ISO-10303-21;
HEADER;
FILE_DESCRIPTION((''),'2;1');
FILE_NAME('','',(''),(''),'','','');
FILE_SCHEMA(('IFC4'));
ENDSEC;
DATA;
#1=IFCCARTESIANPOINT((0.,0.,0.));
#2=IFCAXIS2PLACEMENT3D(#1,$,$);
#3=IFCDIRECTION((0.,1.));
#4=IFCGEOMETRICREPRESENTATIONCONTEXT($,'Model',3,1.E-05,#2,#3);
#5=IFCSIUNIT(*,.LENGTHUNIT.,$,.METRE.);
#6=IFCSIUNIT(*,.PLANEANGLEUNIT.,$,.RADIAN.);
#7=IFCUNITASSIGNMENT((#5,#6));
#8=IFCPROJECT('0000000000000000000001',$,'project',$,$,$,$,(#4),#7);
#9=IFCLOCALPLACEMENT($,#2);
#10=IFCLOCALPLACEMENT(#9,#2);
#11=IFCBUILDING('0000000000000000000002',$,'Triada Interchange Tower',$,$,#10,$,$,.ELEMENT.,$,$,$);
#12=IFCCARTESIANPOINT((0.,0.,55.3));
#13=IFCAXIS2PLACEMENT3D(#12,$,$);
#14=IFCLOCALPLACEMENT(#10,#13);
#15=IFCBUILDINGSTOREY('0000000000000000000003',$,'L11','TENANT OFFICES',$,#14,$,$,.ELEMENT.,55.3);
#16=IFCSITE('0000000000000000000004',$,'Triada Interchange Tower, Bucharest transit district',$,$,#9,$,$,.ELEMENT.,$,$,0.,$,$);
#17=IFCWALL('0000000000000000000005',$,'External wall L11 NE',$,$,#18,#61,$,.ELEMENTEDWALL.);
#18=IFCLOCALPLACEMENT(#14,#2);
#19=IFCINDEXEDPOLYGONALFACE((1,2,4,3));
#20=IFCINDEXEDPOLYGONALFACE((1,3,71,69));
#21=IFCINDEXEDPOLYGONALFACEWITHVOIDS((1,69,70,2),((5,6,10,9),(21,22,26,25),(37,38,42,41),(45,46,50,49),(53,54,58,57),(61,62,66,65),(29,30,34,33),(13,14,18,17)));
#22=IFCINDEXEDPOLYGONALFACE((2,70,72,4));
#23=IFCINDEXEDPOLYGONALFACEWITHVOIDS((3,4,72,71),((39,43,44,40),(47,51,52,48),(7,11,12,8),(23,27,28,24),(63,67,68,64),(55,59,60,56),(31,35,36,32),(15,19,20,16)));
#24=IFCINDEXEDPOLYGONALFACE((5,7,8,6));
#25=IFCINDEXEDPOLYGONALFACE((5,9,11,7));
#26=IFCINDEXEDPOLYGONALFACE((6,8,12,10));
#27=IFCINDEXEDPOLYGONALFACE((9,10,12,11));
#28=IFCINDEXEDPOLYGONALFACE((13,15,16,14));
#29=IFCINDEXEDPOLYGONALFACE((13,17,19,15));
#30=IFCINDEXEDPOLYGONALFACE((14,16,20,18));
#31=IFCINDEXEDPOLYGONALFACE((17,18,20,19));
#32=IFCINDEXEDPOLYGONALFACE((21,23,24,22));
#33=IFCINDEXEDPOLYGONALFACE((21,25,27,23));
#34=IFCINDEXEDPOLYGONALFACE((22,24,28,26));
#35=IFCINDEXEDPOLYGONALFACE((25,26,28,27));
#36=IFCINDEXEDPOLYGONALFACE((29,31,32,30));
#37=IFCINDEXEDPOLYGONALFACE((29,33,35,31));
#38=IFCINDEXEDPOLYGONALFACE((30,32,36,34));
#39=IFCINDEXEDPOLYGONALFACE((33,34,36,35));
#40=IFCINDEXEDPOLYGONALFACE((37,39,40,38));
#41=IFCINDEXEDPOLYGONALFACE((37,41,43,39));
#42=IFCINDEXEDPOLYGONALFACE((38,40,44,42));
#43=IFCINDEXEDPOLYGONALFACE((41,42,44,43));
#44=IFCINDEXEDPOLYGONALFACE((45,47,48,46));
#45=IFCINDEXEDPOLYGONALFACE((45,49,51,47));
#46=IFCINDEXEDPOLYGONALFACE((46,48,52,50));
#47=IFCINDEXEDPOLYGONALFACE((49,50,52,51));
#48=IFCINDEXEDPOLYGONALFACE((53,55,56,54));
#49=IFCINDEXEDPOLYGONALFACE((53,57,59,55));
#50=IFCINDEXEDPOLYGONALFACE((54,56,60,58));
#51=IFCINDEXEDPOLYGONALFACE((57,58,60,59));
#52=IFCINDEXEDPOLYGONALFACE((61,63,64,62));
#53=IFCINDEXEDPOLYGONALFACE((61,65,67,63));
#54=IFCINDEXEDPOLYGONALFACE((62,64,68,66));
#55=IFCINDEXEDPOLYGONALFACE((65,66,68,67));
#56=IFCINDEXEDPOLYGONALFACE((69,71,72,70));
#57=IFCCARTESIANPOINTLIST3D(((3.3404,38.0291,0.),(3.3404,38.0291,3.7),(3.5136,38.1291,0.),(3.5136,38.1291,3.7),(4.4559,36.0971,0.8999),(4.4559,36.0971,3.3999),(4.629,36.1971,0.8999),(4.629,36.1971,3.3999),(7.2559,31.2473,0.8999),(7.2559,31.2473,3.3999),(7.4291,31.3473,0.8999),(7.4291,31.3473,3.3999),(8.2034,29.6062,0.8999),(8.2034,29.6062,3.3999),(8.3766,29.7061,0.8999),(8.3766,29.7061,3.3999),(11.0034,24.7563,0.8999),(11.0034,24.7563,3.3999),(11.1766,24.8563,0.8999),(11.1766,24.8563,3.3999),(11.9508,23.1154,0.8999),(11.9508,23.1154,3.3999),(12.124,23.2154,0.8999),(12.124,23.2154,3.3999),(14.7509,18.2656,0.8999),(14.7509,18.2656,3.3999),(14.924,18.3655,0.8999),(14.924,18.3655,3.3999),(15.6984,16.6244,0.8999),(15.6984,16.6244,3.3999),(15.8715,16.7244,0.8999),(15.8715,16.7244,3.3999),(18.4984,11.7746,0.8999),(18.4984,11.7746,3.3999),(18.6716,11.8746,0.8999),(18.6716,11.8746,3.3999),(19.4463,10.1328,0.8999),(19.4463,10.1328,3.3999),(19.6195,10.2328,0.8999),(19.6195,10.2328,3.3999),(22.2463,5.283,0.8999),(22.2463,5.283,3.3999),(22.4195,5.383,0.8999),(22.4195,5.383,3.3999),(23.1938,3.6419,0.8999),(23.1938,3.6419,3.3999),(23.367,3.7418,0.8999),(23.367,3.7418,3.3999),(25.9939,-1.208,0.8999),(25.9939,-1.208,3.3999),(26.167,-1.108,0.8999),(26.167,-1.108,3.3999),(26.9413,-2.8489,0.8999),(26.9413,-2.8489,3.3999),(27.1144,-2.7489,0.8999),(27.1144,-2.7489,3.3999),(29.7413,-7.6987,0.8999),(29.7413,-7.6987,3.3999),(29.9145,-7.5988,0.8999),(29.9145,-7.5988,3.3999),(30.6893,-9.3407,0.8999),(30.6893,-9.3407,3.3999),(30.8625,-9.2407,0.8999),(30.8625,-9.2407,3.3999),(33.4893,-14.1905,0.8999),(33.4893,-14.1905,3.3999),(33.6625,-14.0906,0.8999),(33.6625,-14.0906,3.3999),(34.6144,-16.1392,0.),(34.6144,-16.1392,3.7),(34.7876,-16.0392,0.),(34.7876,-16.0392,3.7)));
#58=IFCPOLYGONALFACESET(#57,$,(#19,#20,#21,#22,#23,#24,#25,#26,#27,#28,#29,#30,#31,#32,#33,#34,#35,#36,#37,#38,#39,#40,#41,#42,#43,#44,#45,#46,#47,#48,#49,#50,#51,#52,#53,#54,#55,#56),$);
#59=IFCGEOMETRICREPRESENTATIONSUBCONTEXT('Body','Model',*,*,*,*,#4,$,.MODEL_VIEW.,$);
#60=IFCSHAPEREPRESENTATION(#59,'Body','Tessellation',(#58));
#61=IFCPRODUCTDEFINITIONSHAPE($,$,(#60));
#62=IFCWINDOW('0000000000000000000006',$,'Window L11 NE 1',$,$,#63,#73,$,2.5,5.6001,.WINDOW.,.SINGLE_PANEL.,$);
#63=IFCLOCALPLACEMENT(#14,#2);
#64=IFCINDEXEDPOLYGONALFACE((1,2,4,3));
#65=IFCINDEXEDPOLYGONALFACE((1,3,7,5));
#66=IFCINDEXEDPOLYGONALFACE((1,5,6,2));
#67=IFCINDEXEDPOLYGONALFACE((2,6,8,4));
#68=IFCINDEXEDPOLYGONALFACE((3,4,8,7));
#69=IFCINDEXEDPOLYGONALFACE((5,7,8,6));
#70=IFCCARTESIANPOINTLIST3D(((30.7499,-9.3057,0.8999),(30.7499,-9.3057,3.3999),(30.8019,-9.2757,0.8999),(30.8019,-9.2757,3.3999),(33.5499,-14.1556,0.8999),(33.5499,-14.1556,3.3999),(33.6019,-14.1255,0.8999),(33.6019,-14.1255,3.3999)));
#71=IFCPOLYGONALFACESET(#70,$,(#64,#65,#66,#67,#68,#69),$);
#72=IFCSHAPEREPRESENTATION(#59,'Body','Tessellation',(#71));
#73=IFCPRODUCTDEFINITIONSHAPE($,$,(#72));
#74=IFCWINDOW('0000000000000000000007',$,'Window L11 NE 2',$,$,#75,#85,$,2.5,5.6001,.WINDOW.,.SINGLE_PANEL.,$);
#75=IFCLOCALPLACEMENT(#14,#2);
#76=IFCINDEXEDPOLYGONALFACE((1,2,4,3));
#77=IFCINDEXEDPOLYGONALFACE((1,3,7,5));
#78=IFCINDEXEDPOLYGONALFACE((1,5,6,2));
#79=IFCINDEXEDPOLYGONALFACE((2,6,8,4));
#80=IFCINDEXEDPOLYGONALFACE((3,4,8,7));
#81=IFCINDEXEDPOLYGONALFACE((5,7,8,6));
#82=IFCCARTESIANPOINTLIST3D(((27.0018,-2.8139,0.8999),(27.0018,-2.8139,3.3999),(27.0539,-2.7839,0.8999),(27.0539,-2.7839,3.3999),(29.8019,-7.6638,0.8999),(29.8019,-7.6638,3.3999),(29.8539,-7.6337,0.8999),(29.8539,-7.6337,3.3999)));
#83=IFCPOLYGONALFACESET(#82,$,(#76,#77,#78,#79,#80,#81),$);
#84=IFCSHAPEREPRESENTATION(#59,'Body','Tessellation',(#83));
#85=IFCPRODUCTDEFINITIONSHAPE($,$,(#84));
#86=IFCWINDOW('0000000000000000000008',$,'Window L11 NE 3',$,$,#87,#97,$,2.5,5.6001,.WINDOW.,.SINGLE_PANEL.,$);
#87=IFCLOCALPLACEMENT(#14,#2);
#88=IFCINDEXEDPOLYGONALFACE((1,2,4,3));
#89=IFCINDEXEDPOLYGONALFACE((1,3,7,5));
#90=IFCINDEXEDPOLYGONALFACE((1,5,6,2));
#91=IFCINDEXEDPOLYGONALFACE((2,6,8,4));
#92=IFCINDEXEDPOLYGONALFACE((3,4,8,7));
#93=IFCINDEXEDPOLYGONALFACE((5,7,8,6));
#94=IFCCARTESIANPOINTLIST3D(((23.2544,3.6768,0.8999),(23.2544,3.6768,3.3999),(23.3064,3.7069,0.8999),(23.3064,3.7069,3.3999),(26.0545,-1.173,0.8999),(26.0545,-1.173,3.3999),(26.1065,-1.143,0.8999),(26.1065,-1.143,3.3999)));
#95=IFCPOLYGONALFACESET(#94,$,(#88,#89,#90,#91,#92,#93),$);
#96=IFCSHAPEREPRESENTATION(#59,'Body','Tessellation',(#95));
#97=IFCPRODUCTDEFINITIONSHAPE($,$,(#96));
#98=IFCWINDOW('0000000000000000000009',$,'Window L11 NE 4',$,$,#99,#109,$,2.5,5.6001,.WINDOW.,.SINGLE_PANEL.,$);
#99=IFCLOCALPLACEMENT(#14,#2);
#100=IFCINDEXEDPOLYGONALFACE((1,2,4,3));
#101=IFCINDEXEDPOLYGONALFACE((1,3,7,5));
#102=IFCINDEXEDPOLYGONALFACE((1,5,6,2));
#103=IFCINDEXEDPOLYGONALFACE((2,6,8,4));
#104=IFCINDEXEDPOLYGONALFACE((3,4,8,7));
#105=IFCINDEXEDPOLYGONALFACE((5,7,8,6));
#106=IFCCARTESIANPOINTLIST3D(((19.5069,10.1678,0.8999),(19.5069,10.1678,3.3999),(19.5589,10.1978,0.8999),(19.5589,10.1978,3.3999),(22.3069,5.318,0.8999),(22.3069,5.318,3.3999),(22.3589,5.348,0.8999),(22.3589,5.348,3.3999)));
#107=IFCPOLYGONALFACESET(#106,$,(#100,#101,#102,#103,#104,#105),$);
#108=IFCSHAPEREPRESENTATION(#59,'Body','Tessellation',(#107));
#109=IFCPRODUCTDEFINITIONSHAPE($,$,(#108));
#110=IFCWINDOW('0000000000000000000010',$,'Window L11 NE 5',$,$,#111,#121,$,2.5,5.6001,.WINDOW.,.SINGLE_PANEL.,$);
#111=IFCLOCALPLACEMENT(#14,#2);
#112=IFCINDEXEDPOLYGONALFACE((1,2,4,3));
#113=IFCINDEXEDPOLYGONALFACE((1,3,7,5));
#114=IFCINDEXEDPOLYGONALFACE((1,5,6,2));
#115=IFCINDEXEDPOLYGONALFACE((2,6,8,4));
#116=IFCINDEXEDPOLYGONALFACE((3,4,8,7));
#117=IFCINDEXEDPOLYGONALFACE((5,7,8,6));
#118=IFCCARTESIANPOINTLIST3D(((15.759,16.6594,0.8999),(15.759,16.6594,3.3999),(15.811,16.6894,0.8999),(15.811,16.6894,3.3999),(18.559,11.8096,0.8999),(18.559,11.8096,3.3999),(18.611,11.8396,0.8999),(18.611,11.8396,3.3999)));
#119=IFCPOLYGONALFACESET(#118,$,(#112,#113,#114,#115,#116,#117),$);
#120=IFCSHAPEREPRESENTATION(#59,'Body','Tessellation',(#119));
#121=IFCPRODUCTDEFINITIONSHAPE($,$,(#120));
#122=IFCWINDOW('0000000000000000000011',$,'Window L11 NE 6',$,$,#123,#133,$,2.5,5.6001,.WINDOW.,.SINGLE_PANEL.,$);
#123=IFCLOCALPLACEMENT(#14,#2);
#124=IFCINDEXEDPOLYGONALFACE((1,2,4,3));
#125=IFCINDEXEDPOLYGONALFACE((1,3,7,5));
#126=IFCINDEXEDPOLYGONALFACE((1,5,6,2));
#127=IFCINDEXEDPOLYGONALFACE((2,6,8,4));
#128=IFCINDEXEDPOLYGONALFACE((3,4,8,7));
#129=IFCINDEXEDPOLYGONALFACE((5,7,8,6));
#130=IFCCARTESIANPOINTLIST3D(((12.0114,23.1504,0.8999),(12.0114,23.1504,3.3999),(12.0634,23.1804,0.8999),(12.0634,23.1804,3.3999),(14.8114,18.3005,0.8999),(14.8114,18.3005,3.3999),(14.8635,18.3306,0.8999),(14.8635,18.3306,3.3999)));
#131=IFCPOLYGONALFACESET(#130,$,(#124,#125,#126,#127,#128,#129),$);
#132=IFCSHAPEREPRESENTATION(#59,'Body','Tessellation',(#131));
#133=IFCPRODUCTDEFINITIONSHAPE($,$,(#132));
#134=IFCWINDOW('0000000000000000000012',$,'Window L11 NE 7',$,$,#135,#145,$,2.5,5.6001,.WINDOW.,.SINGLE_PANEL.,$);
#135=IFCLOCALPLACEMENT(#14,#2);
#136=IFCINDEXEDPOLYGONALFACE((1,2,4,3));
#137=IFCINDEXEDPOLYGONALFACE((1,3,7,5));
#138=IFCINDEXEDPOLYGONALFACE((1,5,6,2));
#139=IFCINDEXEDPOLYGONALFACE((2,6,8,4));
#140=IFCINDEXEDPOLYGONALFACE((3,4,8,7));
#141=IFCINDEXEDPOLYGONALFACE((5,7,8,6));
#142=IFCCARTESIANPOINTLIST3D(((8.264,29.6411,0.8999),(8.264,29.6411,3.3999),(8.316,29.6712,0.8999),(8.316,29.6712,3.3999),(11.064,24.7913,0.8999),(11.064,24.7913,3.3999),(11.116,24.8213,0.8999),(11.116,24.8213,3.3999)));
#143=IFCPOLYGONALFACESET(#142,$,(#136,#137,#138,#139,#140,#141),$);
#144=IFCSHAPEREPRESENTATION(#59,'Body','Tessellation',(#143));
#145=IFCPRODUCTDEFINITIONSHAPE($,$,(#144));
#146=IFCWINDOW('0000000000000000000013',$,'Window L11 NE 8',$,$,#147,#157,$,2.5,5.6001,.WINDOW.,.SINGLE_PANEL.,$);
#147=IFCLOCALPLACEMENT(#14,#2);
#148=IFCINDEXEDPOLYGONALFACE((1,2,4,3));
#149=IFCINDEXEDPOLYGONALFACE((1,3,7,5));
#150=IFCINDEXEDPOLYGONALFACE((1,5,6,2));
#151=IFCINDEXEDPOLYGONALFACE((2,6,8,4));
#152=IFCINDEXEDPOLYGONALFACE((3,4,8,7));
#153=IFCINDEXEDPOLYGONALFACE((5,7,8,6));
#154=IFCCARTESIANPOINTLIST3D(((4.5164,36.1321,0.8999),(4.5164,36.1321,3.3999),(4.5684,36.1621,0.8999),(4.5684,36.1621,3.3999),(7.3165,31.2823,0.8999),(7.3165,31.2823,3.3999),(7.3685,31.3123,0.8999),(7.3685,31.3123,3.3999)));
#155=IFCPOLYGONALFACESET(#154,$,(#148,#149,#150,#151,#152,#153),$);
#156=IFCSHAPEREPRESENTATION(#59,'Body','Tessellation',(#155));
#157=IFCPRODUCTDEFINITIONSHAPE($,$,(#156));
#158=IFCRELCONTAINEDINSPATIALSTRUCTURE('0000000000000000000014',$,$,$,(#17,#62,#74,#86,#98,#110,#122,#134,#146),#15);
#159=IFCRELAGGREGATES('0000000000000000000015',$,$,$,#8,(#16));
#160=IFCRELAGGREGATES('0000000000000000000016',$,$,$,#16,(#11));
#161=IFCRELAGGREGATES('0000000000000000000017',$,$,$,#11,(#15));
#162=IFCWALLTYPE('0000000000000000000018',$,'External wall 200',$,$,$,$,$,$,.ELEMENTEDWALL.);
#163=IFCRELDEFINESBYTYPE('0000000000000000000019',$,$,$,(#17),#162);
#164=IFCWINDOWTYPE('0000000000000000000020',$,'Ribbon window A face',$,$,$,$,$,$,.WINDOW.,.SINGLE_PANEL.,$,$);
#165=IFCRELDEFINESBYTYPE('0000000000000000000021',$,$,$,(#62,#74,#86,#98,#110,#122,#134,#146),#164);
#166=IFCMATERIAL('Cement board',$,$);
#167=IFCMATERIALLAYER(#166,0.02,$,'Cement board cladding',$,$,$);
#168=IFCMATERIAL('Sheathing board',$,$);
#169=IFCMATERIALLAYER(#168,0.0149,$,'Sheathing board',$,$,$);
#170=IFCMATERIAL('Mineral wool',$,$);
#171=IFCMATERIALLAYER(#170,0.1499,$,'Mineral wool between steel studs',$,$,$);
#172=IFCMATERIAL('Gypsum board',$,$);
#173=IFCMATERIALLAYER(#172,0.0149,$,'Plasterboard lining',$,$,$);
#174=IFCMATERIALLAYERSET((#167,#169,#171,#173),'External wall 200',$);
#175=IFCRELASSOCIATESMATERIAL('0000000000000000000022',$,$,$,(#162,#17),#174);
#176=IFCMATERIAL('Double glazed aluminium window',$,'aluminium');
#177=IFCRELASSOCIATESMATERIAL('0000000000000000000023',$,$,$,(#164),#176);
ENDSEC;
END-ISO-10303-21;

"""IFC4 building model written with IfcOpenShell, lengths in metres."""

from ifc_helpers import new_model, si_unit, direction, frame, frame_2d, origin, place, context, subcontext, project, spatial, rectangle, extrude, material, layer, layer_set, layer_usage, type_object, element, fill, save


model = new_model("IFC4")

# Units and contexts
model_context = context("Model", 3, precision=1e-05, world=origin(), true_north=direction((0.0, 1.0)))
body_context = subcontext(model_context, "Body", "Model", "MODEL_VIEW")
ifc_project = project(units=[si_unit("LENGTHUNIT", "METRE"), si_unit("PLANEANGLEUNIT", "RADIAN")], contexts=[model_context])

# Site, building, storey
site_placement = place(None, origin())
site = spatial("IfcSite", under=ifc_project, at=site_placement, Name="Triada Interchange Tower, Bucharest transit district", CompositionType="ELEMENT", RefElevation=0.0)
building_placement = place(site_placement, origin())
building = spatial("IfcBuilding", under=site, at=building_placement, Name="Triada Interchange Tower", CompositionType="ELEMENT")
storey_placement = place(building_placement, frame((0.0, 0.0, 55.3)))
storey = spatial("IfcBuildingStorey", under=building, at=storey_placement, Name="L11", Description="TENANT OFFICES", CompositionType="ELEMENT", Elevation=55.3)

# Shared definitions
ifc_material_1 = material(Name="Cement board")
ifc_layer_1 = layer(ifc_material_1, 0.02, Name="Cement board cladding")
ifc_material_2 = material(Name="Sheathing board")
ifc_layer_2 = layer(ifc_material_2, 0.0149, Name="Sheathing board")
ifc_material_3 = material(Name="Mineral wool")
ifc_layer_3 = layer(ifc_material_3, 0.1499, Name="Mineral wool between steel studs")
ifc_material_4 = material(Name="Gypsum board")
ifc_layer_4 = layer(ifc_material_4, 0.0149, Name="Plasterboard lining")
ifc_layer_set_1 = layer_set([ifc_layer_1, ifc_layer_2, ifc_layer_3, ifc_layer_4], Name="External wall 200")
ifc_layer_usage = layer_usage(ifc_layer_set_1, "AXIS2", "POSITIVE", -0.1001)
wall_type_1 = type_object("IfcWallType", Name="External wall 200", PredefinedType="ELEMENTEDWALL", material=ifc_layer_set_1)
ifc_material_5 = material(Name="Double glazed aluminium window", Category="aluminium")

# Wall, openings, windows
wall_1_placement = place(storey_placement, frame((34.7009, -16.0891, 0.0), z_axis=(0.0, 0.0, 1.0), x_axis=(-0.499999, 0.866026, 0.0)))
wall_1 = element("IfcWall", 1, at=wall_1_placement, inside=storey, type_object=wall_type_1, material=ifc_layer_usage, Name="External wall L11 NE", PredefinedType="ELEMENTEDWALL", context=body_context, shape_type="SweptSolid", body=[
    extrude(rectangle(XDim=62.5481, YDim=0.2, at=frame_2d((31.2739, 0.0))), origin(), (0.0, 0.0, 1.0), 3.7),
])
opening_1_placement = place(wall_1_placement, frame((2.25, 0.0, 0.8999)))
opening_1 = element("IfcOpeningElement", 2, at=opening_1_placement, cuts=wall_1, PredefinedType="OPENING", context=body_context, shape_type="SweptSolid", body=[
    extrude(rectangle(XDim=5.6001, YDim=2.5, at=frame_2d((2.8, 1.25))), frame((0.0, 0.1099, 0.0), z_axis=(0.0, -1.0, 0.0), x_axis=(1.0, 0.0, 0.0)), (0.0, 0.0, 1.0), 0.22),
])
opening_2_placement = place(wall_1_placement, frame((9.7461, 0.0, 0.8999)))
opening_2 = element("IfcOpeningElement", 3, at=opening_2_placement, cuts=wall_1, PredefinedType="OPENING", context=body_context, shape_type="SweptSolid", body=[
    extrude(rectangle(XDim=5.6001, YDim=2.5, at=frame_2d((2.8, 1.25))), frame((0.0, 0.1099, 0.0), z_axis=(0.0, -1.0, 0.0), x_axis=(1.0, 0.0, 0.0)), (0.0, 0.0, 1.0), 0.22),
])
opening_3_placement = place(wall_1_placement, frame((17.241, 0.0, 0.8999)))
opening_3 = element("IfcOpeningElement", 4, at=opening_3_placement, cuts=wall_1, PredefinedType="OPENING", context=body_context, shape_type="SweptSolid", body=[
    extrude(rectangle(XDim=5.6001, YDim=2.5, at=frame_2d((2.8, 1.25))), frame((0.0, 0.1099, 0.0), z_axis=(0.0, -1.0, 0.0), x_axis=(1.0, 0.0, 0.0)), (0.0, 0.0, 1.0), 0.22),
])
opening_4_placement = place(wall_1_placement, frame((24.7361, 0.0, 0.8999)))
opening_4 = element("IfcOpeningElement", 5, at=opening_4_placement, cuts=wall_1, PredefinedType="OPENING", context=body_context, shape_type="SweptSolid", body=[
    extrude(rectangle(XDim=5.6001, YDim=2.5, at=frame_2d((2.8, 1.25))), frame((0.0, 0.1099, 0.0), z_axis=(0.0, -1.0, 0.0), x_axis=(1.0, 0.0, 0.0)), (0.0, 0.0, 1.0), 0.22),
])
opening_5_placement = place(wall_1_placement, frame((32.2319, 0.0, 0.8999)))
opening_5 = element("IfcOpeningElement", 6, at=opening_5_placement, cuts=wall_1, PredefinedType="OPENING", context=body_context, shape_type="SweptSolid", body=[
    extrude(rectangle(XDim=5.6001, YDim=2.5, at=frame_2d((2.8, 1.25))), frame((0.0, 0.1099, 0.0), z_axis=(0.0, -1.0, 0.0), x_axis=(1.0, 0.0, 0.0)), (0.0, 0.0, 1.0), 0.22),
])
opening_6_placement = place(wall_1_placement, frame((39.7271, 0.0, 0.8999)))
opening_6 = element("IfcOpeningElement", 7, at=opening_6_placement, cuts=wall_1, PredefinedType="OPENING", context=body_context, shape_type="SweptSolid", body=[
    extrude(rectangle(XDim=5.6001, YDim=2.5, at=frame_2d((2.8, 1.25))), frame((0.0, 0.1099, 0.0), z_axis=(0.0, -1.0, 0.0), x_axis=(1.0, 0.0, 0.0)), (0.0, 0.0, 1.0), 0.22),
])
opening_7_placement = place(wall_1_placement, frame((47.2219, 0.0, 0.8999)))
opening_7 = element("IfcOpeningElement", 8, at=opening_7_placement, cuts=wall_1, PredefinedType="OPENING", context=body_context, shape_type="SweptSolid", body=[
    extrude(rectangle(XDim=5.6001, YDim=2.5, at=frame_2d((2.8, 1.25))), frame((0.0, 0.1099, 0.0), z_axis=(0.0, -1.0, 0.0), x_axis=(1.0, 0.0, 0.0)), (0.0, 0.0, 1.0), 0.22),
])
opening_8_placement = place(wall_1_placement, frame((54.717, 0.0, 0.8999)))
opening_8 = element("IfcOpeningElement", 9, at=opening_8_placement, cuts=wall_1, PredefinedType="OPENING", context=body_context, shape_type="SweptSolid", body=[
    extrude(rectangle(XDim=5.6001, YDim=2.5, at=frame_2d((2.8, 1.25))), frame((0.0, 0.1099, 0.0), z_axis=(0.0, -1.0, 0.0), x_axis=(1.0, 0.0, 0.0)), (0.0, 0.0, 1.0), 0.22),
])
window_type_1 = type_object("IfcWindowType", Name="Ribbon window A face", PartitioningType="SINGLE_PANEL", PredefinedType="WINDOW", material=ifc_material_5)
window_1_placement = place(opening_1_placement, origin())
window_1 = element("IfcWindow", 10, at=window_1_placement, inside=storey, type_object=window_type_1, Name="Window L11 NE 1", OverallHeight=2.5, OverallWidth=5.6001, PartitioningType="SINGLE_PANEL", PredefinedType="WINDOW", context=body_context, shape_type="SweptSolid", body=[
    extrude(rectangle(XDim=5.6001, YDim=2.5, at=frame_2d((2.8, 1.25))), frame((0.0, 0.03, 0.0), z_axis=(0.0, -1.0, 0.0), x_axis=(1.0, 0.0, 0.0)), (0.0, 0.0, 1.0), 0.0601),
])
fill(opening_1, window_1)
window_2_placement = place(opening_2_placement, origin())
window_2 = element("IfcWindow", 11, at=window_2_placement, inside=storey, type_object=window_type_1, Name="Window L11 NE 2", OverallHeight=2.5, OverallWidth=5.6001, PartitioningType="SINGLE_PANEL", PredefinedType="WINDOW", context=body_context, shape_type="SweptSolid", body=[
    extrude(rectangle(XDim=5.6001, YDim=2.5, at=frame_2d((2.8, 1.25))), frame((0.0, 0.03, 0.0), z_axis=(0.0, -1.0, 0.0), x_axis=(1.0, 0.0, 0.0)), (0.0, 0.0, 1.0), 0.0601),
])
fill(opening_2, window_2)
window_3_placement = place(opening_3_placement, origin())
window_3 = element("IfcWindow", 12, at=window_3_placement, inside=storey, type_object=window_type_1, Name="Window L11 NE 3", OverallHeight=2.5, OverallWidth=5.6001, PartitioningType="SINGLE_PANEL", PredefinedType="WINDOW", context=body_context, shape_type="SweptSolid", body=[
    extrude(rectangle(XDim=5.6001, YDim=2.5, at=frame_2d((2.8, 1.25))), frame((0.0, 0.03, 0.0), z_axis=(0.0, -1.0, 0.0), x_axis=(1.0, 0.0, 0.0)), (0.0, 0.0, 1.0), 0.0601),
])
fill(opening_3, window_3)
window_4_placement = place(opening_4_placement, origin())
window_4 = element("IfcWindow", 13, at=window_4_placement, inside=storey, type_object=window_type_1, Name="Window L11 NE 4", OverallHeight=2.5, OverallWidth=5.6001, PartitioningType="SINGLE_PANEL", PredefinedType="WINDOW", context=body_context, shape_type="SweptSolid", body=[
    extrude(rectangle(XDim=5.6001, YDim=2.5, at=frame_2d((2.8, 1.25))), frame((0.0, 0.03, 0.0), z_axis=(0.0, -1.0, 0.0), x_axis=(1.0, 0.0, 0.0)), (0.0, 0.0, 1.0), 0.0601),
])
fill(opening_4, window_4)
window_5_placement = place(opening_5_placement, origin())
window_5 = element("IfcWindow", 14, at=window_5_placement, inside=storey, type_object=window_type_1, Name="Window L11 NE 5", OverallHeight=2.5, OverallWidth=5.6001, PartitioningType="SINGLE_PANEL", PredefinedType="WINDOW", context=body_context, shape_type="SweptSolid", body=[
    extrude(rectangle(XDim=5.6001, YDim=2.5, at=frame_2d((2.8, 1.25))), frame((0.0, 0.03, 0.0), z_axis=(0.0, -1.0, 0.0), x_axis=(1.0, 0.0, 0.0)), (0.0, 0.0, 1.0), 0.0601),
])
fill(opening_5, window_5)
window_6_placement = place(opening_6_placement, origin())
window_6 = element("IfcWindow", 15, at=window_6_placement, inside=storey, type_object=window_type_1, Name="Window L11 NE 6", OverallHeight=2.5, OverallWidth=5.6001, PartitioningType="SINGLE_PANEL", PredefinedType="WINDOW", context=body_context, shape_type="SweptSolid", body=[
    extrude(rectangle(XDim=5.6001, YDim=2.5, at=frame_2d((2.8, 1.25))), frame((0.0, 0.03, 0.0), z_axis=(0.0, -1.0, 0.0), x_axis=(1.0, 0.0, 0.0)), (0.0, 0.0, 1.0), 0.0601),
])
fill(opening_6, window_6)
window_7_placement = place(opening_7_placement, origin())
window_7 = element("IfcWindow", 16, at=window_7_placement, inside=storey, type_object=window_type_1, Name="Window L11 NE 7", OverallHeight=2.5, OverallWidth=5.6001, PartitioningType="SINGLE_PANEL", PredefinedType="WINDOW", context=body_context, shape_type="SweptSolid", body=[
    extrude(rectangle(XDim=5.6001, YDim=2.5, at=frame_2d((2.8, 1.25))), frame((0.0, 0.03, 0.0), z_axis=(0.0, -1.0, 0.0), x_axis=(1.0, 0.0, 0.0)), (0.0, 0.0, 1.0), 0.0601),
])
fill(opening_7, window_7)
window_8_placement = place(opening_8_placement, origin())
window_8 = element("IfcWindow", 17, at=window_8_placement, inside=storey, type_object=window_type_1, Name="Window L11 NE 8", OverallHeight=2.5, OverallWidth=5.6001, PartitioningType="SINGLE_PANEL", PredefinedType="WINDOW", context=body_context, shape_type="SweptSolid", body=[
    extrude(rectangle(XDim=5.6001, YDim=2.5, at=frame_2d((2.8, 1.25))), frame((0.0, 0.03, 0.0), z_axis=(0.0, -1.0, 0.0), x_axis=(1.0, 0.0, 0.0)), (0.0, 0.0, 1.0), 0.0601),
])
fill(opening_8, window_8)

save(model, "model.ifc")
